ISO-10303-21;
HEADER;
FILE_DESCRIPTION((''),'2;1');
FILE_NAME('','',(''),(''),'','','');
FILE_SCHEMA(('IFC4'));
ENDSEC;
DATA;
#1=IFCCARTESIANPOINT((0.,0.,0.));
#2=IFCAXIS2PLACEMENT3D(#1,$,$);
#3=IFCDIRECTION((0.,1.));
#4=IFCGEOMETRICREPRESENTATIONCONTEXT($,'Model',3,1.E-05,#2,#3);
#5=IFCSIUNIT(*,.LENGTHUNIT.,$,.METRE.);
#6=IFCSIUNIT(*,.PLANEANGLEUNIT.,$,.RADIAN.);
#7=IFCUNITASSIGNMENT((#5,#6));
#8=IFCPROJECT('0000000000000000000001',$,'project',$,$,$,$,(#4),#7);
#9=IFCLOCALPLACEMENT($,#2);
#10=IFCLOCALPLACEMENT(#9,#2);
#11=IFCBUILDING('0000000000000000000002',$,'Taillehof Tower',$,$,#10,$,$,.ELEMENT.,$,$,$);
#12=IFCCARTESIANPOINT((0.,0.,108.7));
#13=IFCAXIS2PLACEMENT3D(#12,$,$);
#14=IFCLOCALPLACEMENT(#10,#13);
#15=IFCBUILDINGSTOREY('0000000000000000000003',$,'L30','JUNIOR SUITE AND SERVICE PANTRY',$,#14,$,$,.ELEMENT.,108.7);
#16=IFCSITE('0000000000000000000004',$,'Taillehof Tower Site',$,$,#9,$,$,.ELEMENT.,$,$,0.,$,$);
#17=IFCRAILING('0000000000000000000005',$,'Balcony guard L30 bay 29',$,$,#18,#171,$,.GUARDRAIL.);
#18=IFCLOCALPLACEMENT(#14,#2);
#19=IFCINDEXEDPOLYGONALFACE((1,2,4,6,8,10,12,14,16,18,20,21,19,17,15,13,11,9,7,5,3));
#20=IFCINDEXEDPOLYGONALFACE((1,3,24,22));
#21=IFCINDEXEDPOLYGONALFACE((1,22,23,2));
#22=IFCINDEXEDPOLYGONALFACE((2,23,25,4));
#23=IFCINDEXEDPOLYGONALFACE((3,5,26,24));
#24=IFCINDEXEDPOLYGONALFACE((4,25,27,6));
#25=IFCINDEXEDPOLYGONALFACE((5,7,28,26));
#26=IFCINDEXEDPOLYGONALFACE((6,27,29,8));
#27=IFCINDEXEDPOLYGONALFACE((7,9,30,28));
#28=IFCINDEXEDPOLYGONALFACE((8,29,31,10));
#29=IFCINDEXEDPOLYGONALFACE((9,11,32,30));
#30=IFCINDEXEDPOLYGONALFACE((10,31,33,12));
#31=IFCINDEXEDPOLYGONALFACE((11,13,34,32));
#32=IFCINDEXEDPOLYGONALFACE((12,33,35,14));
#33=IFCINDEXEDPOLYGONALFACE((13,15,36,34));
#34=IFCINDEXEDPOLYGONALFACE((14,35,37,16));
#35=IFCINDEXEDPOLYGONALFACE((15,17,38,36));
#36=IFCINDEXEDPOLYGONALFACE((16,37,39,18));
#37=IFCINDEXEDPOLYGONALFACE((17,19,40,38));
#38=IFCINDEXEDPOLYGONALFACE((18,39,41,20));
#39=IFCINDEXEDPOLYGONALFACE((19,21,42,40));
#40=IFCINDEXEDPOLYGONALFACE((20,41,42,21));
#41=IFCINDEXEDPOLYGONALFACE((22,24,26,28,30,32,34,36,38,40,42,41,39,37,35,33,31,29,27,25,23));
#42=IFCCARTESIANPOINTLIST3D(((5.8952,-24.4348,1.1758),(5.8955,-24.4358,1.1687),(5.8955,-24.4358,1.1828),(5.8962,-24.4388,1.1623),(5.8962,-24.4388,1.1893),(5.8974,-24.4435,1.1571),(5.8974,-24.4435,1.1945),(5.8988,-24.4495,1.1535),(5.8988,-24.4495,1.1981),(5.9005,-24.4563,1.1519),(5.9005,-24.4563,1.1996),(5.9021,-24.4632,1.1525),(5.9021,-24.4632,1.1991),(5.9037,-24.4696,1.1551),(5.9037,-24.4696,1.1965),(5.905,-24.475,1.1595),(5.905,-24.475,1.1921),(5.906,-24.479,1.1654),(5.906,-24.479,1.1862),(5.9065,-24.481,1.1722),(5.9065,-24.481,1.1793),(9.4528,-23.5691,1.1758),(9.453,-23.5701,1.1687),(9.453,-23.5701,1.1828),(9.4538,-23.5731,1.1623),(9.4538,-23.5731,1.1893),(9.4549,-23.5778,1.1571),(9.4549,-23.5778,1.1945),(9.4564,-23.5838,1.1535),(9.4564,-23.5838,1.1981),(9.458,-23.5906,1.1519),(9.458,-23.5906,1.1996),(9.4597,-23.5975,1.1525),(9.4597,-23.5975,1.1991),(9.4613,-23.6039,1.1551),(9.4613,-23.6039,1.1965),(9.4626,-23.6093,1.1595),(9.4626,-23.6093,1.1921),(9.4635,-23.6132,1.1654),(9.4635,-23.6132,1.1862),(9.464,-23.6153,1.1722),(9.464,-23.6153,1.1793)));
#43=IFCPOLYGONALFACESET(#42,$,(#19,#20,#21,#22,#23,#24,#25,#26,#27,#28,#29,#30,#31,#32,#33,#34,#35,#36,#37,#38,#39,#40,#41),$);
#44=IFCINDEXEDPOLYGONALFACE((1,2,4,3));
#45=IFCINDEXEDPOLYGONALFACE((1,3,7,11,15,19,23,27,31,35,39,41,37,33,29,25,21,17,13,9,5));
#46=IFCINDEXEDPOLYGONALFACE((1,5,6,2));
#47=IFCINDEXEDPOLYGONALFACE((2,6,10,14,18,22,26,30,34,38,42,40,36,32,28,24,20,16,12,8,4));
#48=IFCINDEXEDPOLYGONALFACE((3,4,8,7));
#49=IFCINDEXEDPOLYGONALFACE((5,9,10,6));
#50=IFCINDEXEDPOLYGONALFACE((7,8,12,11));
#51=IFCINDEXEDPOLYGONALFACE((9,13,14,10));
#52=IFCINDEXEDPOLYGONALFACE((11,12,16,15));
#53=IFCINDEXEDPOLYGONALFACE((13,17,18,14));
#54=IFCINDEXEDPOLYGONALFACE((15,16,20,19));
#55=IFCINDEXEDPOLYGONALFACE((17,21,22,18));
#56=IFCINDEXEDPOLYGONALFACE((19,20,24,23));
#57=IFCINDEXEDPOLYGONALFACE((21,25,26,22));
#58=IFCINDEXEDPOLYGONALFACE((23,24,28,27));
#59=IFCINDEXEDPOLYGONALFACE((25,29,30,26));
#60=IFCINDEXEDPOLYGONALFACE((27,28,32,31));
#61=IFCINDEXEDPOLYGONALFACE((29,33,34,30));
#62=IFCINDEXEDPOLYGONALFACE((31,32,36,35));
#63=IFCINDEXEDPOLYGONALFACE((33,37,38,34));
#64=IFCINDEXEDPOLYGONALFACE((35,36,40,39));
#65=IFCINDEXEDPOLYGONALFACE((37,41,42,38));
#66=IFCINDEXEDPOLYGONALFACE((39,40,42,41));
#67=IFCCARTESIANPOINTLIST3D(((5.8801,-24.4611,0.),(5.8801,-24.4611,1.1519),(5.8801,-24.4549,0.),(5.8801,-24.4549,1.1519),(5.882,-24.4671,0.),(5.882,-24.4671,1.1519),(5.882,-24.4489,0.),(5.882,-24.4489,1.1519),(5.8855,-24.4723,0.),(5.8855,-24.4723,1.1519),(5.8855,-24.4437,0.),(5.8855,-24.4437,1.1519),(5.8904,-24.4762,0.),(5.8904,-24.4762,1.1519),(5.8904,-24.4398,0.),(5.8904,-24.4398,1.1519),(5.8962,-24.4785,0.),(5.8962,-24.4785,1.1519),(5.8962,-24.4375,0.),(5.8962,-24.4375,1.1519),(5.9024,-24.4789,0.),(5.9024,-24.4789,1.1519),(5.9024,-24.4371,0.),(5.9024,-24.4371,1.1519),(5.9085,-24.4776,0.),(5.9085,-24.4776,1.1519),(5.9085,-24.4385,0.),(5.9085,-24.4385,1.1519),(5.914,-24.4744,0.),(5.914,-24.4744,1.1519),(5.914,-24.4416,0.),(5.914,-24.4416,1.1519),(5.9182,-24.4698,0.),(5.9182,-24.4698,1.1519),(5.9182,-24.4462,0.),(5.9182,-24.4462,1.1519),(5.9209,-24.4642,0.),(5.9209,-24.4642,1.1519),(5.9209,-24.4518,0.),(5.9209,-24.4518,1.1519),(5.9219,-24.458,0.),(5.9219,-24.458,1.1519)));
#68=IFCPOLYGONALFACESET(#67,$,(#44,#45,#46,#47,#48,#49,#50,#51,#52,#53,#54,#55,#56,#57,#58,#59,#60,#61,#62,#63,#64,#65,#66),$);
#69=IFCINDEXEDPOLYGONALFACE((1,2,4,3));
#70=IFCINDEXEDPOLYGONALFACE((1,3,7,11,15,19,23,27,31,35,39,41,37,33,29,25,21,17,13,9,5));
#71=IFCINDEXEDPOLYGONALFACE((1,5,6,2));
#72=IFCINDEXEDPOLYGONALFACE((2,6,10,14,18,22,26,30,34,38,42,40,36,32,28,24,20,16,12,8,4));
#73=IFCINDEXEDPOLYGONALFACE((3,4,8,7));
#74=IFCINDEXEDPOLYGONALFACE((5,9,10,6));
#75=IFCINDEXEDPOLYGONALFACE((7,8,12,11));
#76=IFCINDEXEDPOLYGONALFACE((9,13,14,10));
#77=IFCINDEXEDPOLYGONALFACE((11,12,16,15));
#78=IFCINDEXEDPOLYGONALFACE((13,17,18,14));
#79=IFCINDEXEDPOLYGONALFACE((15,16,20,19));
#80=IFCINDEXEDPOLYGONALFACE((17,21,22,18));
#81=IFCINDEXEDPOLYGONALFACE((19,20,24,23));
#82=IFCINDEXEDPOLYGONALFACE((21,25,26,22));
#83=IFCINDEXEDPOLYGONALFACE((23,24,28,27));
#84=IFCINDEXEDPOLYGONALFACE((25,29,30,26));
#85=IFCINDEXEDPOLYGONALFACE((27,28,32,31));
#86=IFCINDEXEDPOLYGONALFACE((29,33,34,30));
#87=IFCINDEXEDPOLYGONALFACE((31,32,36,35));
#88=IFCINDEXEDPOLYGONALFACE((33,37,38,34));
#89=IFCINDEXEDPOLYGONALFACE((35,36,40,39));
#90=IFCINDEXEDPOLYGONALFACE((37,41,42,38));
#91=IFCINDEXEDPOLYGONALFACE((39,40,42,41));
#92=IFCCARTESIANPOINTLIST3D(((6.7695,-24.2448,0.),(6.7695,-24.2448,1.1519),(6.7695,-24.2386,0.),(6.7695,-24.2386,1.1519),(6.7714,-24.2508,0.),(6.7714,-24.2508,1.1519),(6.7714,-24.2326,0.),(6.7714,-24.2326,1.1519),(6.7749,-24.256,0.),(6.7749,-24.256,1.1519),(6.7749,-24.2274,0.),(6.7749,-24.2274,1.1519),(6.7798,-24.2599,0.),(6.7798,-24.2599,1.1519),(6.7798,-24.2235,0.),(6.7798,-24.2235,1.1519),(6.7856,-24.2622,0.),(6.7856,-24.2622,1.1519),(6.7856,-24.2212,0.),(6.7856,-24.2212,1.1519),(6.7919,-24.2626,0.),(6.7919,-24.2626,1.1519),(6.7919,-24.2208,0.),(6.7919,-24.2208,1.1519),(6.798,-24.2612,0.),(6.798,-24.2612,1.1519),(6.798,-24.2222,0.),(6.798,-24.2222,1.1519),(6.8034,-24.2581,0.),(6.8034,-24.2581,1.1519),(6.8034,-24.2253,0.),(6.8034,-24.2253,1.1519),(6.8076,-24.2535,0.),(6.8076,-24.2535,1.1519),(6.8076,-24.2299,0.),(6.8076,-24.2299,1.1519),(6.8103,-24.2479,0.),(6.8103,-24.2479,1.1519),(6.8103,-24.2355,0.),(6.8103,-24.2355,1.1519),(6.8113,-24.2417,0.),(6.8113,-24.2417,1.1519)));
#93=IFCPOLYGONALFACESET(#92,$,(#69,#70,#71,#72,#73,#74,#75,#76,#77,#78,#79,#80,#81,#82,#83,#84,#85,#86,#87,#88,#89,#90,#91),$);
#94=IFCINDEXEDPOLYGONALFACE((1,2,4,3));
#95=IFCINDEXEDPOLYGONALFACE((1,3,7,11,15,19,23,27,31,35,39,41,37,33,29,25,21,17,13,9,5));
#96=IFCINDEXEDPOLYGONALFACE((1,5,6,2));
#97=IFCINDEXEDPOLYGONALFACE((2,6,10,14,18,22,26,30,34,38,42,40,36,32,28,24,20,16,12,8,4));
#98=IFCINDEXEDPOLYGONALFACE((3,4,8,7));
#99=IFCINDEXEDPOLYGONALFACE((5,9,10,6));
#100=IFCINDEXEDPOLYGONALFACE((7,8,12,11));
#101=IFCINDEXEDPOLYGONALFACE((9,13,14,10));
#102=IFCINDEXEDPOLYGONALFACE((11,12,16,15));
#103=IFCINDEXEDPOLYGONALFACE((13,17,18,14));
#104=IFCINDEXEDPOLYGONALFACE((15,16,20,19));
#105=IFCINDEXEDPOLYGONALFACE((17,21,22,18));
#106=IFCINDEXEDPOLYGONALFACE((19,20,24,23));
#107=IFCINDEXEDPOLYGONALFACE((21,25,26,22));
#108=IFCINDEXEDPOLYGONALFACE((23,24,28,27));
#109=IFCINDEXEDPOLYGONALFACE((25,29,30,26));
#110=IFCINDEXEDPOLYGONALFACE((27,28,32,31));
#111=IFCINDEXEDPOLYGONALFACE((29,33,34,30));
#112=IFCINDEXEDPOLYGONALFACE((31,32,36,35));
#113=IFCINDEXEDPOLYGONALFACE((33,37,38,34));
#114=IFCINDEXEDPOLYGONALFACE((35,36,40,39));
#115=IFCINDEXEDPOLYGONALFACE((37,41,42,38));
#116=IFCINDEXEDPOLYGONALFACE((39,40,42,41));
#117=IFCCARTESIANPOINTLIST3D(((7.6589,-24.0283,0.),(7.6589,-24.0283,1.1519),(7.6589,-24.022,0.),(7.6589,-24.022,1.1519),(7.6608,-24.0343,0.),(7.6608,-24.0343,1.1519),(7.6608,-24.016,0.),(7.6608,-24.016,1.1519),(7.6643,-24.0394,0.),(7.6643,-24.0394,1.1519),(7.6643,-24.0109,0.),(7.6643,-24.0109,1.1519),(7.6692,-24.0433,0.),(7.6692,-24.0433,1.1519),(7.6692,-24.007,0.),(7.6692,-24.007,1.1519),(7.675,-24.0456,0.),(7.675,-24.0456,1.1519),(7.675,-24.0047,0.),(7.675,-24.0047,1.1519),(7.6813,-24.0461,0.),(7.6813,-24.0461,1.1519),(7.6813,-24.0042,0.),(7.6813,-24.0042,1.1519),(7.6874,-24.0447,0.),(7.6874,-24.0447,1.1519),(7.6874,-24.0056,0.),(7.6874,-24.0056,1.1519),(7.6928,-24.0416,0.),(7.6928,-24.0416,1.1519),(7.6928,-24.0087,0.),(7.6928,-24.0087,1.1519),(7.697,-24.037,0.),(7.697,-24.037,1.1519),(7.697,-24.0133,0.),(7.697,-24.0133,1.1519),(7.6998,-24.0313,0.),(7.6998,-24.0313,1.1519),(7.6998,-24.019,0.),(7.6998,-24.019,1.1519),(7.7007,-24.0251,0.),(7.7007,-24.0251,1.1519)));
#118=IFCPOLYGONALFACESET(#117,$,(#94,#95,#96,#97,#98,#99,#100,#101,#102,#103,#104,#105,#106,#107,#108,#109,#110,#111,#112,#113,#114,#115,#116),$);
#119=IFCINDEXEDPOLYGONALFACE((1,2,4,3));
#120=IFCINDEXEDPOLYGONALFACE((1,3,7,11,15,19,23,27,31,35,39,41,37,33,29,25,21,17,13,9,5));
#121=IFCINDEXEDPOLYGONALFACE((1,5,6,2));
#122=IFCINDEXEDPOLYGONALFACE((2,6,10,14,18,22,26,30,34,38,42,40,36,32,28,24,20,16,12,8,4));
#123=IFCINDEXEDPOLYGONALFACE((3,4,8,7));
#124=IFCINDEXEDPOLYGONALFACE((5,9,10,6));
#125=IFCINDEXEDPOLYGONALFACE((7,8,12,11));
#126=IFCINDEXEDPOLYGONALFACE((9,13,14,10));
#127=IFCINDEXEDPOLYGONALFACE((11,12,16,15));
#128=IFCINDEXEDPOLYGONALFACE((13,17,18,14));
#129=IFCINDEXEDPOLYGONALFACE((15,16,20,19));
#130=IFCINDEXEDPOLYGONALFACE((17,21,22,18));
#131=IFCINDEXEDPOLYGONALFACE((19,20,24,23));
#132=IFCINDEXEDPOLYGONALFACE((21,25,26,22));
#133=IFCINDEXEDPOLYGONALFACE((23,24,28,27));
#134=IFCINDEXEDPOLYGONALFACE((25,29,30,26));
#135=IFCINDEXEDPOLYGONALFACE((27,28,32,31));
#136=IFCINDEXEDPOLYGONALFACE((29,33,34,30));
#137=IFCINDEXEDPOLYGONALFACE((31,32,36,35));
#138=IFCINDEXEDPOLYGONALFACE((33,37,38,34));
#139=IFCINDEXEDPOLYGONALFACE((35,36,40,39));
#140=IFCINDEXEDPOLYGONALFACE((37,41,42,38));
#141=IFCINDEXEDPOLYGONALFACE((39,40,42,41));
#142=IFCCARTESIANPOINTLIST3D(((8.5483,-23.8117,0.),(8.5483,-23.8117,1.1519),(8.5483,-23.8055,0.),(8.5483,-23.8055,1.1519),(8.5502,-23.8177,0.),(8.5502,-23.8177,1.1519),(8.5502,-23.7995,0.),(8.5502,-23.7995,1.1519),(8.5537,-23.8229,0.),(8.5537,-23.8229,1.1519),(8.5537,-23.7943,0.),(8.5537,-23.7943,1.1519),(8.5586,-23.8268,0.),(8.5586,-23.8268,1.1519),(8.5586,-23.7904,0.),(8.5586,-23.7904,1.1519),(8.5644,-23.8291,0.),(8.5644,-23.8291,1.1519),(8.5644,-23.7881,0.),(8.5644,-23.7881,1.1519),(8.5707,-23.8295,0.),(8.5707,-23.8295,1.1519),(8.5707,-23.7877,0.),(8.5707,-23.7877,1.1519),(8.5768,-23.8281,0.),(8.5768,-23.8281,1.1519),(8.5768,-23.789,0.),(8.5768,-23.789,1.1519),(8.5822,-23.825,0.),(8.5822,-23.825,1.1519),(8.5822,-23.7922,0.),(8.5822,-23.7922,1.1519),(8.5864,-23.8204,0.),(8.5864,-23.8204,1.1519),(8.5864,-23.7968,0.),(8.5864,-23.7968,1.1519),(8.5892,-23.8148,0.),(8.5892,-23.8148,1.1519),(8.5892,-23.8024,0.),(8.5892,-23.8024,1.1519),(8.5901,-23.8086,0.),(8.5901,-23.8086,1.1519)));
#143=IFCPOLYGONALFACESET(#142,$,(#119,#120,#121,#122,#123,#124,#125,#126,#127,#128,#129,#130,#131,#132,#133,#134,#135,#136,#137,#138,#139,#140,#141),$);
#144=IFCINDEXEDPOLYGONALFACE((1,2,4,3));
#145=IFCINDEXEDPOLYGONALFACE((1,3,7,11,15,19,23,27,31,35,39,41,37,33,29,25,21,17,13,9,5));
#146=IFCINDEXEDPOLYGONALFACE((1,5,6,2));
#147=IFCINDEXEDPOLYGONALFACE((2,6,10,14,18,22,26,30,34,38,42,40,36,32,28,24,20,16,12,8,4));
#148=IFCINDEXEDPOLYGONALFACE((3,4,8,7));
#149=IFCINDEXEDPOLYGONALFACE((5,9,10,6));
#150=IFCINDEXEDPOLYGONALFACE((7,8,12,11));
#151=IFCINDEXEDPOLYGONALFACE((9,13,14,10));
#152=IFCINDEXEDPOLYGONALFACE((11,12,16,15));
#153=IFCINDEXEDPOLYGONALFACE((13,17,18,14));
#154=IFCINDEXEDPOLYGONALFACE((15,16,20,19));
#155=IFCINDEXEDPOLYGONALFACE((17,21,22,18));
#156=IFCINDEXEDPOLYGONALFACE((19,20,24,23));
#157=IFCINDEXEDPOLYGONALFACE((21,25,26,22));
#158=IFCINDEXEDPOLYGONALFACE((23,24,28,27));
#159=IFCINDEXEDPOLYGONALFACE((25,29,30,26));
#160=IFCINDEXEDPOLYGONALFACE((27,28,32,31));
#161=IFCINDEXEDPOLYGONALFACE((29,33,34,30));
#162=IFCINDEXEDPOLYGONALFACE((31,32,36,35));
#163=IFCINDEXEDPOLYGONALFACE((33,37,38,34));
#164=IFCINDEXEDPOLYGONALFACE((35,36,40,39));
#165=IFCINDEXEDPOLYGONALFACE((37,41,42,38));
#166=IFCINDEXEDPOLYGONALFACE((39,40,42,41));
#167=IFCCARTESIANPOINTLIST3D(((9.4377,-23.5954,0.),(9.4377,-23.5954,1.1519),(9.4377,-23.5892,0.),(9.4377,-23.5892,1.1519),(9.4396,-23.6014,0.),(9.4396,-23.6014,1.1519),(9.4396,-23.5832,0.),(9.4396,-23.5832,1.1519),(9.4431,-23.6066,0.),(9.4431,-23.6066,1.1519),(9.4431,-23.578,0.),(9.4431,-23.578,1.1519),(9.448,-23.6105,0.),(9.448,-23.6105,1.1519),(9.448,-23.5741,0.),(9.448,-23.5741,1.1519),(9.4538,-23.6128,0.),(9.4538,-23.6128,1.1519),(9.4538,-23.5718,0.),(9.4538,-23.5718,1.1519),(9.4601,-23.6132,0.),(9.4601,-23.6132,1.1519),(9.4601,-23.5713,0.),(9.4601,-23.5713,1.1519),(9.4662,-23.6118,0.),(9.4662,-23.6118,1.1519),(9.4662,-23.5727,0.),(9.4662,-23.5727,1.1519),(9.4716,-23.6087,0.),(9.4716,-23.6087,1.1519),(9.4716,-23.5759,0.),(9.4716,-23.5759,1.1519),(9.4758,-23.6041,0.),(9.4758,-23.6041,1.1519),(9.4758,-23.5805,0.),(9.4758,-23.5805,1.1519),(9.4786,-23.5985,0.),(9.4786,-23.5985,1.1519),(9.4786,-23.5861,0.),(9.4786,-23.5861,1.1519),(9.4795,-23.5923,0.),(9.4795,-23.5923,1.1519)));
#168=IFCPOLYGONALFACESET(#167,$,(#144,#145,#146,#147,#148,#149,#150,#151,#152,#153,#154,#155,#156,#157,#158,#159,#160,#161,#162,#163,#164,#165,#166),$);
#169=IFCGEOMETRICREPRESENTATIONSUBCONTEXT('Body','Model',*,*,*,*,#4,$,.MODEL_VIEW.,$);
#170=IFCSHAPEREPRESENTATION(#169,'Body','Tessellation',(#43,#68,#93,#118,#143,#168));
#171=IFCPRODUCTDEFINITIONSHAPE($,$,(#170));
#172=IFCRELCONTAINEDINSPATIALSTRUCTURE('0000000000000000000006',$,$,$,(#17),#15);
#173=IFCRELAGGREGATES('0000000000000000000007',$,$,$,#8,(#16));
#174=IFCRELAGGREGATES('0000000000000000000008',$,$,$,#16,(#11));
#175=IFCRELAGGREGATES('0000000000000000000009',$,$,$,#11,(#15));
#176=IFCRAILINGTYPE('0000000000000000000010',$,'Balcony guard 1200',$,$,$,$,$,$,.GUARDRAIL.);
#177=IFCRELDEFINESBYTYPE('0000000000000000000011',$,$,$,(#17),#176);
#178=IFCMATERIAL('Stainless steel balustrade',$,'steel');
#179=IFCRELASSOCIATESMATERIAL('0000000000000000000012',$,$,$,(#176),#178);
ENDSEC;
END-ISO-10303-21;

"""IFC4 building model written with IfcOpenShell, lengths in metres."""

from ifc_helpers import new_model, si_unit, direction, frame, origin, origin_2d, place, context, subcontext, project, spatial, circle, extrude, material, type_object, element, save


model = new_model("IFC4")

# Units and contexts
model_context = context("Model", 3, precision=1e-05, world=origin(), true_north=direction((0.0, 1.0)))
body_context = subcontext(model_context, "Body", "Model", "MODEL_VIEW")
ifc_project = project(units=[si_unit("LENGTHUNIT", "METRE"), si_unit("PLANEANGLEUNIT", "RADIAN")], contexts=[model_context])

# Site, building, storey
site_placement = place(None, origin())
site = spatial("IfcSite", under=ifc_project, at=site_placement, Name="Taillehof Tower Site", CompositionType="ELEMENT", RefElevation=0.0)
building_placement = place(site_placement, origin())
building = spatial("IfcBuilding", under=site, at=building_placement, Name="Taillehof Tower", CompositionType="ELEMENT")
storey_placement = place(building_placement, frame((0.0, 0.0, 108.7)))
storey = spatial("IfcBuildingStorey", under=building, at=storey_placement, Name="L30", Description="JUNIOR SUITE AND SERVICE PANTRY", CompositionType="ELEMENT", Elevation=108.7)

# Railing
ifc_material_1 = material(Name="Stainless steel balustrade", Category="steel")
railing_type = type_object("IfcRailingType", Name="Balcony guard 1200", PredefinedType="GUARDRAIL", material=ifc_material_1)
railing_1_placement = place(storey_placement, frame((5.9009, -24.458, 0.0)))
element("IfcRailing", 1, at=railing_1_placement, inside=storey, type_object=railing_type, Name="Balcony guard L30 bay 29", PredefinedType="GUARDRAIL", context=body_context, shape_type="SweptSolid", body=[
    extrude(circle(Radius=0.0239, at=origin_2d()), frame((0.0, 0.0, 1.1758), z_axis=(0.971645, 0.236443, 0.0), x_axis=(-0.236443, 0.971645, 0.0)), (0.0, 0.0, 1.0), 3.6614),
    extrude(circle(Radius=0.021, at=origin_2d()), origin(), (0.0, 0.0, 1.0), 1.1519),
    extrude(circle(Radius=0.021, at=origin_2d()), frame((0.8894, 0.2163, 0.0)), (0.0, 0.0, 1.0), 1.1519),
    extrude(circle(Radius=0.021, at=origin_2d()), frame((1.7788, 0.4329, 0.0)), (0.0, 0.0, 1.0), 1.1519),
    extrude(circle(Radius=0.021, at=origin_2d()), frame((2.6682, 0.6494, 0.0)), (0.0, 0.0, 1.0), 1.1519),
    extrude(circle(Radius=0.021, at=origin_2d()), frame((3.5576, 0.8657, 0.0)), (0.0, 0.0, 1.0), 1.1519),
])

save(model, "model.ifc")
